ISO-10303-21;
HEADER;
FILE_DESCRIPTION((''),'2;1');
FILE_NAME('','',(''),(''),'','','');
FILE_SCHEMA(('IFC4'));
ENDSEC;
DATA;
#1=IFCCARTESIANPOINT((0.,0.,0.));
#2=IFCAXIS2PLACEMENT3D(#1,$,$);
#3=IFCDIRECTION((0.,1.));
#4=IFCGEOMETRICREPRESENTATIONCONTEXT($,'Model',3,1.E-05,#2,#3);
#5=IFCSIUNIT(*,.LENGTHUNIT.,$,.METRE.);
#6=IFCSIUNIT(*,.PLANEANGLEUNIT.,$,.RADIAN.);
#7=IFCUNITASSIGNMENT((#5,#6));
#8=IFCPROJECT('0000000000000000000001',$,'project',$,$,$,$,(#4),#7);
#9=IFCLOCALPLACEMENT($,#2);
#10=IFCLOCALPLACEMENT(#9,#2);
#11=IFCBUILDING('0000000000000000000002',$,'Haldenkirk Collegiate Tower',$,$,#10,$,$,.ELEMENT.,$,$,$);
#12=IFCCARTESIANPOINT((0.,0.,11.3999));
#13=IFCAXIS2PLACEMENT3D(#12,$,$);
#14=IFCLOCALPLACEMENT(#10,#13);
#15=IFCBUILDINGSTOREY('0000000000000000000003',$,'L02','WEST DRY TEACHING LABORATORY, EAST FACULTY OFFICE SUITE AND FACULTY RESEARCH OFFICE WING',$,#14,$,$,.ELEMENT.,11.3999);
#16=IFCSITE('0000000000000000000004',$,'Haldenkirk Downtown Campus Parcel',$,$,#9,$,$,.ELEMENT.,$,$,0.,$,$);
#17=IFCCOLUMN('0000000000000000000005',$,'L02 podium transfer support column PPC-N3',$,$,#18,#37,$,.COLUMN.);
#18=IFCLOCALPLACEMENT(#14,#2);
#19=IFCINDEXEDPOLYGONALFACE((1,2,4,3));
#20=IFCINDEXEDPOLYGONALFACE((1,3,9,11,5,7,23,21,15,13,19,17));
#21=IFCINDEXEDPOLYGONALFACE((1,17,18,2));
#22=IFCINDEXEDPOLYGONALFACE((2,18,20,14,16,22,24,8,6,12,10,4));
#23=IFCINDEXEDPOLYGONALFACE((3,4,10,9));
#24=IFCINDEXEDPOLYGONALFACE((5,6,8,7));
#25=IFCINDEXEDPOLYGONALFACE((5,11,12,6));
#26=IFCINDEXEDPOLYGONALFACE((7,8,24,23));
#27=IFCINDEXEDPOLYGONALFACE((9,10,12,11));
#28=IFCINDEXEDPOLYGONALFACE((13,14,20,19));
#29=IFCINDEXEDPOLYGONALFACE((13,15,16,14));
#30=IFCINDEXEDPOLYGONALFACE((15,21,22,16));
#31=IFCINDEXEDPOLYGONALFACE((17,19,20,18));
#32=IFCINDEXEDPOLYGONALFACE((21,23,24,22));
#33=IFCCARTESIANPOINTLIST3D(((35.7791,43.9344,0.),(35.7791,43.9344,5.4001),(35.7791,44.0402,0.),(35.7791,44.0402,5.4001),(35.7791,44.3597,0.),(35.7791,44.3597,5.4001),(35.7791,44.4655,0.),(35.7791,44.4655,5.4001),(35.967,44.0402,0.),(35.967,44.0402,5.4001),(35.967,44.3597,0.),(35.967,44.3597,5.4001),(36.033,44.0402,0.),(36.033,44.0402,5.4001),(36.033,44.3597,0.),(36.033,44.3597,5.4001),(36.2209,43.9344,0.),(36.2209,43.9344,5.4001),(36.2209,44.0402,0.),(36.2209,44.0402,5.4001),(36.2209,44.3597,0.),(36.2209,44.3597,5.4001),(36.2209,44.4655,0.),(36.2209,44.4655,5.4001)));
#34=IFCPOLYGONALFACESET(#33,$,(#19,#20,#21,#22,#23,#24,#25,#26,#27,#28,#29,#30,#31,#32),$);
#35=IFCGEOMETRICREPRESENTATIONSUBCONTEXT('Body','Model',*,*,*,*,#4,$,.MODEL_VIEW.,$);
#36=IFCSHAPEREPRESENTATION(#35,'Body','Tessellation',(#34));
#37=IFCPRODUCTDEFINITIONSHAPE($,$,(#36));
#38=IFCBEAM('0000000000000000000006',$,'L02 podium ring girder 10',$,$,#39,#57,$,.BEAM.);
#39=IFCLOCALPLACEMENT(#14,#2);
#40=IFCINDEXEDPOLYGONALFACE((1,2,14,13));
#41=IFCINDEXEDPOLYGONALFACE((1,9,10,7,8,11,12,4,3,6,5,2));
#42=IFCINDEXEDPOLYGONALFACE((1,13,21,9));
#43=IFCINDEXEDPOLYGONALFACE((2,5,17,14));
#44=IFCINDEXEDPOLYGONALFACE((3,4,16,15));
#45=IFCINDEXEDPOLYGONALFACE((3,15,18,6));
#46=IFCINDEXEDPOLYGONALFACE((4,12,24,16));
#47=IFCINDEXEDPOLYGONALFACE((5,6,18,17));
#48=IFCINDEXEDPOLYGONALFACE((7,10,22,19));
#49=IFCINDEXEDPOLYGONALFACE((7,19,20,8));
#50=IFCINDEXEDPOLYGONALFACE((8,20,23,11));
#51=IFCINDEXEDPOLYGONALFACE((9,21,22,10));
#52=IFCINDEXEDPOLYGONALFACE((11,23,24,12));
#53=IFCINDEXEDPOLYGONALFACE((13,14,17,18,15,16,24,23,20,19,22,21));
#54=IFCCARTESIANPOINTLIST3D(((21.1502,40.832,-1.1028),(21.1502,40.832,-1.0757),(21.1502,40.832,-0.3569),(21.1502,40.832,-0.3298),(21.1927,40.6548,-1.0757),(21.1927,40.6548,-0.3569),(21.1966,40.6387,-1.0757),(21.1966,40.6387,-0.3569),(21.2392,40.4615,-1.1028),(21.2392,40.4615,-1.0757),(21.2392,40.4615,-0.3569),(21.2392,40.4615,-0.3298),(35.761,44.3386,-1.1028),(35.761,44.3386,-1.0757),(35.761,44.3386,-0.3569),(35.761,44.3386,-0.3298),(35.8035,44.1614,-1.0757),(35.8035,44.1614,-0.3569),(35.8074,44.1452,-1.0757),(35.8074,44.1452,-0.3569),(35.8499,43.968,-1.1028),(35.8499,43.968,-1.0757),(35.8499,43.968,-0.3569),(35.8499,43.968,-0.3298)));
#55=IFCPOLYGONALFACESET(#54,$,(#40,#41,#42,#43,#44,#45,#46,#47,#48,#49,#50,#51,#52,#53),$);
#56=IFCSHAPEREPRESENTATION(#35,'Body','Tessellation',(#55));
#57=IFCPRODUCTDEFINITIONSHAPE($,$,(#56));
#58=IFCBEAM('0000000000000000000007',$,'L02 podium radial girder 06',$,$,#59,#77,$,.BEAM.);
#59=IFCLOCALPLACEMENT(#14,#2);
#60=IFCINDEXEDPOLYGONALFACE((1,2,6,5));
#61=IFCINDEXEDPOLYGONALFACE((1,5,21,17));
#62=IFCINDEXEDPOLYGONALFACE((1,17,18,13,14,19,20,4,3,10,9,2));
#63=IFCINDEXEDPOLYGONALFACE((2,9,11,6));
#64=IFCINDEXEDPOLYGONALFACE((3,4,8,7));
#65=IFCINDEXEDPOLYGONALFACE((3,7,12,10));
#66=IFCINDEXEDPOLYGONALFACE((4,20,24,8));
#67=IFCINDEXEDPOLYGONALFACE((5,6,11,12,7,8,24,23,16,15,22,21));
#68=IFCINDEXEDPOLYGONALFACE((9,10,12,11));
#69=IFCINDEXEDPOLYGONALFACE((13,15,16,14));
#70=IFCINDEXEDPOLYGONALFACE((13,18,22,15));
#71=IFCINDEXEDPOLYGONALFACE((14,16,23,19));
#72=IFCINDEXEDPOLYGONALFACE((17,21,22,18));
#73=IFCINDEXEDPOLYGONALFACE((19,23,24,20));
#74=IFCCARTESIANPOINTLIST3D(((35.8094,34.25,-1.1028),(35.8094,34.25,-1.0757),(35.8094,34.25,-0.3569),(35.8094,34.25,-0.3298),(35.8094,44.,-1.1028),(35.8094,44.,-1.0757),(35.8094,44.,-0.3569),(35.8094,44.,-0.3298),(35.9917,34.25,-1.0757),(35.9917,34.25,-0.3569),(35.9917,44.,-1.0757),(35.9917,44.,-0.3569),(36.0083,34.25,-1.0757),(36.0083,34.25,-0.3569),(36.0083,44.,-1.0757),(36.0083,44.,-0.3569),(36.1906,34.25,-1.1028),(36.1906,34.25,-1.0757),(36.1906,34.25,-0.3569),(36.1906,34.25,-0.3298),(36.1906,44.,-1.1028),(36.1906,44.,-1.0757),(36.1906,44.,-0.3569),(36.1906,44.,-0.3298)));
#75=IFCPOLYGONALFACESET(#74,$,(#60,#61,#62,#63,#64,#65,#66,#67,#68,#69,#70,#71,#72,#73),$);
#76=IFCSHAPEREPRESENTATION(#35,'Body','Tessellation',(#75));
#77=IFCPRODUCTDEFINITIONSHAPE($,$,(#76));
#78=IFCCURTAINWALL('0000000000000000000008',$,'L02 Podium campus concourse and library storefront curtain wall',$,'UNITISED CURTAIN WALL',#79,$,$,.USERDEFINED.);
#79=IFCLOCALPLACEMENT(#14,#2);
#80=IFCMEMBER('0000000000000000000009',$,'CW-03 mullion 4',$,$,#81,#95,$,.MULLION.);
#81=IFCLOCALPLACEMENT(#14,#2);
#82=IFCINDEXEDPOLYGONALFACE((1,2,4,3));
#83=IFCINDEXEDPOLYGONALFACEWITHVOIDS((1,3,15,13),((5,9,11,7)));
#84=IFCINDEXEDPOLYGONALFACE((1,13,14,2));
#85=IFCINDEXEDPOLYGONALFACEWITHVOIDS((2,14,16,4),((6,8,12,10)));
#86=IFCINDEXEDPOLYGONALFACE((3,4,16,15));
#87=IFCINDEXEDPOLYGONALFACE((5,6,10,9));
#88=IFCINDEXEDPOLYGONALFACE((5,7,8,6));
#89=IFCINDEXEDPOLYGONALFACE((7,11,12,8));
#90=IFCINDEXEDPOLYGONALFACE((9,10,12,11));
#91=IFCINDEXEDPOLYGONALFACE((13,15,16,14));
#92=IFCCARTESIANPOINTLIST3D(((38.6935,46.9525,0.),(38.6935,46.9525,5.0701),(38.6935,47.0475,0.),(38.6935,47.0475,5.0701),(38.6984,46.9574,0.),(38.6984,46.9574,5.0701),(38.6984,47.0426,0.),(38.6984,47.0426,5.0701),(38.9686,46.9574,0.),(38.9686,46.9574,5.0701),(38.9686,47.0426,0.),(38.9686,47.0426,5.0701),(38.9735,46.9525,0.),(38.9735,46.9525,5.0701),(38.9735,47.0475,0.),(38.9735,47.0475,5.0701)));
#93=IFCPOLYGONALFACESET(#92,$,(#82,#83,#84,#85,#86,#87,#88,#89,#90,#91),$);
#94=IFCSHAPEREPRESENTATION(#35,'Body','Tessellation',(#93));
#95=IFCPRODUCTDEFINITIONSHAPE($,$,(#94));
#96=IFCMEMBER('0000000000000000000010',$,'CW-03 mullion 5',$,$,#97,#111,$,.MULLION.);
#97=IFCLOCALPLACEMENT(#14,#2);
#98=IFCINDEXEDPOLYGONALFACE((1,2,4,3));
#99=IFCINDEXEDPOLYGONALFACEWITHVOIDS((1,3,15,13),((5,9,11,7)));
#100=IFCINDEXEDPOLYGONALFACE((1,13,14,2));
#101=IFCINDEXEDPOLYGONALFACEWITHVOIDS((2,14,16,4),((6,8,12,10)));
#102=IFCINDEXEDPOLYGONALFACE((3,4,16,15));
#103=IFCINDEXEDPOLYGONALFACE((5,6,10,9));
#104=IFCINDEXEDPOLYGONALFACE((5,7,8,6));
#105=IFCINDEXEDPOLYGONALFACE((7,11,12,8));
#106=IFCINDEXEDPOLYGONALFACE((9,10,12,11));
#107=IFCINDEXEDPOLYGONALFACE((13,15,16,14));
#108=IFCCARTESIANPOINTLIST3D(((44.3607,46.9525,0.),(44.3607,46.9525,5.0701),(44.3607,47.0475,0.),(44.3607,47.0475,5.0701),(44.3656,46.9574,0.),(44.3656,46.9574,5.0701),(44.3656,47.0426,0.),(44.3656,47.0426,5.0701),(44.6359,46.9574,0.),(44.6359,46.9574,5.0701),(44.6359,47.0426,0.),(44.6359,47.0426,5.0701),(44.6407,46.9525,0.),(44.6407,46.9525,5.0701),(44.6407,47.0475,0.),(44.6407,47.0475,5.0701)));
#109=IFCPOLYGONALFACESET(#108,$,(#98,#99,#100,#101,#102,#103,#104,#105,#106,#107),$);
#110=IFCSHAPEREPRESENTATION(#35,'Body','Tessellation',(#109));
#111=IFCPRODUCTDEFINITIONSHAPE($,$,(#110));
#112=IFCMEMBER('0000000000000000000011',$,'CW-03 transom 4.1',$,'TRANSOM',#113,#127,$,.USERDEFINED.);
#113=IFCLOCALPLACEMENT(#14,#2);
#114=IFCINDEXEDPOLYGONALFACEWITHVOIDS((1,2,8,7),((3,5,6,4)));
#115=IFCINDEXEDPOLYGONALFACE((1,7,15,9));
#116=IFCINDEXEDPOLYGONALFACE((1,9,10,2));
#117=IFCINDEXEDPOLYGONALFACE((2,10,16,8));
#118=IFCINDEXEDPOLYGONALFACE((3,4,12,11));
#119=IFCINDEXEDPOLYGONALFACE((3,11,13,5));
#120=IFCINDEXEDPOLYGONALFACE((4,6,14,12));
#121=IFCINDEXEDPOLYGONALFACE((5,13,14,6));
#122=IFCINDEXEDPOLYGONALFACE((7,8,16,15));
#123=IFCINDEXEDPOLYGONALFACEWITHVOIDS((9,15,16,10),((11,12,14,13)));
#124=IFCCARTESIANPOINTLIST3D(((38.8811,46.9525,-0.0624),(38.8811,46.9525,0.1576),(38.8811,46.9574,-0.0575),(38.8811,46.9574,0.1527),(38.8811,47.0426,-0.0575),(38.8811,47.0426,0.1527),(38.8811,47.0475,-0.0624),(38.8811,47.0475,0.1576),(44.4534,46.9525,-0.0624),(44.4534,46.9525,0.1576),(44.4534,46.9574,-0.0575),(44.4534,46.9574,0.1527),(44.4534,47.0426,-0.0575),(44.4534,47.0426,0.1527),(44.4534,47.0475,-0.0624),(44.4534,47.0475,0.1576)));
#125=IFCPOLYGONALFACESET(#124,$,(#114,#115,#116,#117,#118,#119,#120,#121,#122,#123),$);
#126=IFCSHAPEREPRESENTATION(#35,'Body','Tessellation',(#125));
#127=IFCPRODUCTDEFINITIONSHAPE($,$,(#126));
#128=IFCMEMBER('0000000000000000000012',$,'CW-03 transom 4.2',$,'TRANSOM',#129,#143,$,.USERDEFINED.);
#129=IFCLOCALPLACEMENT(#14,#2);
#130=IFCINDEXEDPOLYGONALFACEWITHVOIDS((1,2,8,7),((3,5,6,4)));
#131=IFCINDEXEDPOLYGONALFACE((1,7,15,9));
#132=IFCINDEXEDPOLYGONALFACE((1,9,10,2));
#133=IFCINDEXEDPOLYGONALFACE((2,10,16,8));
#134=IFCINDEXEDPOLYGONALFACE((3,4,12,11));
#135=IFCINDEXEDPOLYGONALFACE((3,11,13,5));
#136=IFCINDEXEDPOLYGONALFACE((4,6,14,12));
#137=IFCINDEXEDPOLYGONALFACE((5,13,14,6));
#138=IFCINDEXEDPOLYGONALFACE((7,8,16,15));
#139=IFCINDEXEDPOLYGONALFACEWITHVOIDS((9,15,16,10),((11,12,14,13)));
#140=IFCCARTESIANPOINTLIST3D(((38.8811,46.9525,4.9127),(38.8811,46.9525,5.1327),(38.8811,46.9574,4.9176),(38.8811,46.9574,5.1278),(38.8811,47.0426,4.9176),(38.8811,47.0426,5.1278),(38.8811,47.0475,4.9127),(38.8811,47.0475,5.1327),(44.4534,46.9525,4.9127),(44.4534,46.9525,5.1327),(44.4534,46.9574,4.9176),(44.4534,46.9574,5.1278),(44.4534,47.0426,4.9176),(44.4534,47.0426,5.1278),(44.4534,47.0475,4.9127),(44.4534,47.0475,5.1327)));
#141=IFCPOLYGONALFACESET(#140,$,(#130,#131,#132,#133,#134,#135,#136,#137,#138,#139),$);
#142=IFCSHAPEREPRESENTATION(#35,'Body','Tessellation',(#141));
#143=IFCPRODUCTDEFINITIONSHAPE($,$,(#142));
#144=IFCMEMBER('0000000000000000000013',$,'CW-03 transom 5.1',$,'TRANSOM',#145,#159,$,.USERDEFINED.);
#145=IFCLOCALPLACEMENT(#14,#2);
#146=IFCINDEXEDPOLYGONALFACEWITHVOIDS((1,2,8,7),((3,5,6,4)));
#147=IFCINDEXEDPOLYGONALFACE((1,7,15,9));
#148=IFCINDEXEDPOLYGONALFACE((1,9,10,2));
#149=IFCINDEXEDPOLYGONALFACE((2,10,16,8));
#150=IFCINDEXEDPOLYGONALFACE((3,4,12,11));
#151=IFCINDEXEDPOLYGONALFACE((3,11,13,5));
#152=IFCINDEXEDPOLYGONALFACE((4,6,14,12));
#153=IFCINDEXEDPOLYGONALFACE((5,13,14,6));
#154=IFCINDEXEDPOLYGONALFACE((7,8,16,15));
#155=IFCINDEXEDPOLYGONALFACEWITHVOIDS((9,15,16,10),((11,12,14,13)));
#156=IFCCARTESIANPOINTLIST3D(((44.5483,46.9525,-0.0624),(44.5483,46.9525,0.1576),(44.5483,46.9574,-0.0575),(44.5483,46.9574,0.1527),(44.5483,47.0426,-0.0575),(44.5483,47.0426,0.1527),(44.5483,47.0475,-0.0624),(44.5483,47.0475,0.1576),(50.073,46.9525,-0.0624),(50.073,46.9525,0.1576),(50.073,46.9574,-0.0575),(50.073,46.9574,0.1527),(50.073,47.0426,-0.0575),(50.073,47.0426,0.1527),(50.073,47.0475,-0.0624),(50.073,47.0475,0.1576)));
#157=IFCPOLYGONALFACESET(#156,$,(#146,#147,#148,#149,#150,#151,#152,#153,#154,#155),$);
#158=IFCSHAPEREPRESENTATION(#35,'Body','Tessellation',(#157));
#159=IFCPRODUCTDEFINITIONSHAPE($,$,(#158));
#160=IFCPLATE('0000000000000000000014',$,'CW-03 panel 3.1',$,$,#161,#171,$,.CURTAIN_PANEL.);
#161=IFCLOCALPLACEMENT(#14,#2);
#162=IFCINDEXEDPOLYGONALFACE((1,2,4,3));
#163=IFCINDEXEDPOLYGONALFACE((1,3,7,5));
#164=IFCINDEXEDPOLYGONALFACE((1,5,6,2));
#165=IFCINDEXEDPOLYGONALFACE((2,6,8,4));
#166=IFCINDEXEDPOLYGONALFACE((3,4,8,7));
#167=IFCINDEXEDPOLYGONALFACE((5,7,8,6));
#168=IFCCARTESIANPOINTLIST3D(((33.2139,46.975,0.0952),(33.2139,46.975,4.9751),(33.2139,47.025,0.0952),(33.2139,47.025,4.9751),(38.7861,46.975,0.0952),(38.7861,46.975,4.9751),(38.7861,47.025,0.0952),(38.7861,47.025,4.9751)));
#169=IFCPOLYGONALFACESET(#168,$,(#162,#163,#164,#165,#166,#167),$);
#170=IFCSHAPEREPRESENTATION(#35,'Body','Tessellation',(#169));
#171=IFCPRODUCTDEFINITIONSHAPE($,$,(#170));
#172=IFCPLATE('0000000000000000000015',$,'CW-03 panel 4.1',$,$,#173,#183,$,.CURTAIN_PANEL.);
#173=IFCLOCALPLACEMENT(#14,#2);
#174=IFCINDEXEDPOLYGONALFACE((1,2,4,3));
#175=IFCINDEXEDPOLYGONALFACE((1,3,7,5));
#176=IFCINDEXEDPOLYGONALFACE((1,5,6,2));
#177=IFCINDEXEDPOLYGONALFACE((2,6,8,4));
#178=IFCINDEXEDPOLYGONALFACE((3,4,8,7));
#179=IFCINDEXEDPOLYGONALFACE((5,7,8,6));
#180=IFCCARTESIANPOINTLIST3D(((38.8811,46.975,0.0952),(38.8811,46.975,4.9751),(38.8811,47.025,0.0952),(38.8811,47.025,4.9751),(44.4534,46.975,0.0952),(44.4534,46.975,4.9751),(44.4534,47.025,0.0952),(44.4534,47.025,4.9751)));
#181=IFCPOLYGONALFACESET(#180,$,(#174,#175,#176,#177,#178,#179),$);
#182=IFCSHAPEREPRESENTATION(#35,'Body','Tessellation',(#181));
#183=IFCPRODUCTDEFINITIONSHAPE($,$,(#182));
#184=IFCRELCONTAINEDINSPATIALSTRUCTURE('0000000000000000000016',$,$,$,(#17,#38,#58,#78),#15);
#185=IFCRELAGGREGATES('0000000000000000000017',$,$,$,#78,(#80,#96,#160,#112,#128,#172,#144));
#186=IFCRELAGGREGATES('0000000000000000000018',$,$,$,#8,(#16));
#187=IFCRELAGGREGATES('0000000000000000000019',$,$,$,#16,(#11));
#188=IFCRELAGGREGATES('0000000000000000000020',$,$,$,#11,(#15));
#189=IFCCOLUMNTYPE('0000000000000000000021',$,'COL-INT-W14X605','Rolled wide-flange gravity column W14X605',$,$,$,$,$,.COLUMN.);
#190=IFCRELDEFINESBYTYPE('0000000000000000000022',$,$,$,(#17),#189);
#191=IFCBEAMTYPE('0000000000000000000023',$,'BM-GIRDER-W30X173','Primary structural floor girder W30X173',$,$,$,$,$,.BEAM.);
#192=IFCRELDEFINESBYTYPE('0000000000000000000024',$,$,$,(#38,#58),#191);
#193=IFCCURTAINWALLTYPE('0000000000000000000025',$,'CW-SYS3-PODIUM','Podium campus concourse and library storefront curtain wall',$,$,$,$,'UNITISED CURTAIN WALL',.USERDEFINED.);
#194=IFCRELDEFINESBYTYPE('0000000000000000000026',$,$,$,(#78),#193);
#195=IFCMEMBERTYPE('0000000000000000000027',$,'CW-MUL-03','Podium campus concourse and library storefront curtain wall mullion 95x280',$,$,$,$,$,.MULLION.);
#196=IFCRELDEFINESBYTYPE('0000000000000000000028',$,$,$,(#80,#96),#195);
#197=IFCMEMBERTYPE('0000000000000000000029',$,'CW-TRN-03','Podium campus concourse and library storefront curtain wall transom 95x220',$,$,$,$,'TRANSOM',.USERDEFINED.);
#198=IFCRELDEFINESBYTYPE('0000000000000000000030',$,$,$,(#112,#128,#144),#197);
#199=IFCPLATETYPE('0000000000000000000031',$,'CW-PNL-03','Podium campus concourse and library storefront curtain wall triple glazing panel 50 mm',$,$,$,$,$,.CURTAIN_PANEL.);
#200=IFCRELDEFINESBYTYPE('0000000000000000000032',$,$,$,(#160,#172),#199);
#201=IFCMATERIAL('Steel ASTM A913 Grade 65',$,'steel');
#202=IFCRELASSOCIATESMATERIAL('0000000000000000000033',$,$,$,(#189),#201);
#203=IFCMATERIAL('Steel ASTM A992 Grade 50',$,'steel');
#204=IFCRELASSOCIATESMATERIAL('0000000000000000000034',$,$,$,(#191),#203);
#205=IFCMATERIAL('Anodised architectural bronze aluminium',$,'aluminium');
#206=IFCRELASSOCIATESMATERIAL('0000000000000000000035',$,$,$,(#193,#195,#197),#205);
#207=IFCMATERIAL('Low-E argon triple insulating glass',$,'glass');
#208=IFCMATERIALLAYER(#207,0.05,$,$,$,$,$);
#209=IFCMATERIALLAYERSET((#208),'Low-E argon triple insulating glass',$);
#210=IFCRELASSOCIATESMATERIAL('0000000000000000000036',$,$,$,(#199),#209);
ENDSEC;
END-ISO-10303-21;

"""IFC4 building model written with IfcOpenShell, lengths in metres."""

from ifc_helpers import new_model, si_unit, direction, frame, origin, origin_2d, place, context, subcontext, project, spatial, rectangle, hollow_rectangle, i_section, extrude, source, transform, mapped, material, layer, layer_set, material_profile, profile_set, type_object, element, aggregate, save


model = new_model("IFC4")

# Units and contexts
model_context = context("Model", 3, precision=1e-05, world=origin(), true_north=direction((0.0, 1.0)))
body_context = subcontext(model_context, "Body", "Model", "MODEL_VIEW")
ifc_project = project(units=[si_unit("LENGTHUNIT", "METRE"), si_unit("PLANEANGLEUNIT", "RADIAN")], contexts=[model_context])

# Site, building, storey
site_placement = place(None, origin())
site = spatial("IfcSite", under=ifc_project, at=site_placement, Name="Haldenkirk Downtown Campus Parcel", CompositionType="ELEMENT", RefElevation=0.0)
building_placement = place(site_placement, origin())
building = spatial("IfcBuilding", under=site, at=building_placement, Name="Haldenkirk Collegiate Tower", CompositionType="ELEMENT")
storey_placement = place(building_placement, frame((0.0, 0.0, 11.3999)))
storey = spatial("IfcBuildingStorey", under=building, at=storey_placement, Name="L02", Description="WEST DRY TEACHING LABORATORY, EAST FACULTY OFFICE SUITE AND FACULTY RESEARCH OFFICE WING", CompositionType="ELEMENT", Elevation=11.3999)

# Column
ifc_material_1 = material(Name="Steel ASTM A913 Grade 65", Category="steel")
ifc_material_profile_1 = material_profile(ifc_material_1, i_section(OverallWidth=0.4419, OverallDepth=0.531, WebThickness=0.0659, FlangeThickness=0.1057, at=origin_2d()), Name="W14X605")
ifc_profile_set_1 = profile_set([ifc_material_profile_1], Name="Steel ASTM A913 Grade 65")
column_type = type_object("IfcColumnType", Name="COL-INT-W14X605", Description="Rolled wide-flange gravity column W14X605", PredefinedType="COLUMN", material=ifc_profile_set_1)
column_placement = place(storey_placement, frame((36.0, 44.2, 0.0), z_axis=(0.0, 0.0, 1.0), x_axis=(1.0, 0.0, 0.0)))
element("IfcColumn", 1, at=column_placement, inside=storey, type_object=column_type, Name="L02 podium transfer support column PPC-N3", PredefinedType="COLUMN", context=body_context, shape_type="SweptSolid", body=[
    extrude(i_section(OverallWidth=0.4419, OverallDepth=0.531, WebThickness=0.0659, FlangeThickness=0.1057, at=origin_2d()), origin(), (0.0, 0.0, 1.0), 5.4001),
])

# Beams
ifc_material_2 = material(Name="Steel ASTM A992 Grade 50", Category="steel")
ifc_material_profile_2 = material_profile(ifc_material_2, i_section(OverallWidth=0.3811, OverallDepth=0.7729, WebThickness=0.0166, FlangeThickness=0.0271, at=origin_2d()), Name="W30X173")
ifc_profile_set_2 = profile_set([ifc_material_profile_2], Name="Steel ASTM A992 Grade 50")
beam_type = type_object("IfcBeamType", Name="BM-GIRDER-W30X173", Description="Primary structural floor girder W30X173", PredefinedType="BEAM", material=ifc_profile_set_2)
beam_1_placement = place(storey_placement, frame((35.8054, 44.1533, -0.7163), z_axis=(-0.972387, -0.233372, 0.0), x_axis=(0.233372, -0.972387, 0.0)))
element("IfcBeam", 2, at=beam_1_placement, inside=storey, type_object=beam_type, Name="L02 podium ring girder 10", PredefinedType="BEAM", context=body_context, shape_type="SweptSolid", body=[
    extrude(i_section(OverallWidth=0.3811, OverallDepth=0.7729, WebThickness=0.0166, FlangeThickness=0.0271, at=origin_2d()), origin(), (0.0, 0.0, 1.0), 15.0256),
])
beam_2_placement = place(storey_placement, frame((36.0, 44.0, -0.7163), z_axis=(0.0, -1.0, 0.0), x_axis=(1.0, 0.0, 0.0)))
element("IfcBeam", 3, at=beam_2_placement, inside=storey, type_object=beam_type, Name="L02 podium radial girder 06", PredefinedType="BEAM", context=body_context, shape_type="SweptSolid", body=[
    extrude(i_section(OverallWidth=0.3811, OverallDepth=0.7729, WebThickness=0.0166, FlangeThickness=0.0271, at=origin_2d()), origin(), (0.0, 0.0, 1.0), 9.75),
])

# Curtain wall, members, plates
ifc_material_3 = material(Name="Anodised architectural bronze aluminium", Category="aluminium")
curtain_wall_type = type_object("IfcCurtainWallType", Name="CW-SYS3-PODIUM", Description="Podium campus concourse and library storefront curtain wall", ElementType="UNITISED CURTAIN WALL", PredefinedType="USERDEFINED", material=ifc_material_3)
curtain_wall_placement = place(storey_placement, origin())
curtain_wall = element("IfcCurtainWall", 4, at=curtain_wall_placement, inside=storey, type_object=curtain_wall_type, Name="L02 Podium campus concourse and library storefront curtain wall", ObjectType="UNITISED CURTAIN WALL", PredefinedType="USERDEFINED")
ifc_material_profile_3 = material_profile(ifc_material_3, hollow_rectangle(XDim=0.095, YDim=0.28, WallThickness=0.0049, at=origin_2d()), Name="CW-MUL-03")
ifc_profile_set_3 = profile_set([ifc_material_profile_3], Name="Anodised architectural bronze aluminium")
member_type_1 = type_object("IfcMemberType", Name="CW-MUL-03", Description="Podium campus concourse and library storefront curtain wall mullion 95x280", PredefinedType="MULLION", material=ifc_profile_set_3)
member_1_placement = place(storey_placement, frame((38.8335, 47.0, 0.0), z_axis=(0.0, 0.0, 1.0), x_axis=(0.0, 1.0, 0.0)))
member_1 = element("IfcMember", 5, at=member_1_placement, type_object=member_type_1, Name="CW-03 mullion 4", PredefinedType="MULLION", context=body_context, shape_type="SweptSolid", body=[
    extrude(hollow_rectangle(XDim=0.095, YDim=0.28, WallThickness=0.0049, at=origin_2d()), origin(), (0.0, 0.0, 1.0), 5.0701),
])
member_2_placement = place(storey_placement, frame((44.5007, 47.0, 0.0), z_axis=(0.0, 0.0, 1.0), x_axis=(0.0, 1.0, 0.0)))
member_2 = element("IfcMember", 6, at=member_2_placement, type_object=member_type_1, Name="CW-03 mullion 5", PredefinedType="MULLION", context=body_context, shape_type="SweptSolid", body=[
    extrude(hollow_rectangle(XDim=0.095, YDim=0.28, WallThickness=0.0049, at=origin_2d()), origin(), (0.0, 0.0, 1.0), 5.0701),
])
ifc_material_profile_4 = material_profile(ifc_material_3, hollow_rectangle(XDim=0.095, YDim=0.22, WallThickness=0.0049, at=origin_2d()), Name="CW-TRN-03")
ifc_profile_set_4 = profile_set([ifc_material_profile_4], Name="Anodised architectural bronze aluminium")
member_type_2 = type_object("IfcMemberType", Name="CW-TRN-03", Description="Podium campus concourse and library storefront curtain wall transom 95x220", ElementType="TRANSOM", PredefinedType="USERDEFINED", material=ifc_profile_set_4)
member_3_placement = place(storey_placement, frame((38.8811, 47.0, 0.0476), z_axis=(1.0, 0.0, 0.0), x_axis=(0.0, 1.0, 0.0)))
member_3 = element("IfcMember", 7, at=member_3_placement, type_object=member_type_2, Name="CW-03 transom 4.1", ObjectType="TRANSOM", PredefinedType="USERDEFINED", context=body_context, shape_type="SweptSolid", body=[
    extrude(hollow_rectangle(XDim=0.095, YDim=0.22, WallThickness=0.0049, at=origin_2d()), origin(), (0.0, 0.0, 1.0), 5.5723),
])
member_4_placement = place(storey_placement, frame((38.8811, 47.0, 5.0227), z_axis=(1.0, 0.0, 0.0), x_axis=(0.0, 1.0, 0.0)))
member_4 = element("IfcMember", 8, at=member_4_placement, type_object=member_type_2, Name="CW-03 transom 4.2", ObjectType="TRANSOM", PredefinedType="USERDEFINED", context=body_context, shape_type="SweptSolid", body=[
    extrude(hollow_rectangle(XDim=0.095, YDim=0.22, WallThickness=0.0049, at=origin_2d()), origin(), (0.0, 0.0, 1.0), 5.5723),
])
member_5_placement = place(storey_placement, frame((44.5483, 47.0, 0.0476), z_axis=(1.0, 0.0, 0.0), x_axis=(0.0, 1.0, 0.0)))
member_5 = element("IfcMember", 9, at=member_5_placement, type_object=member_type_2, Name="CW-03 transom 5.1", ObjectType="TRANSOM", PredefinedType="USERDEFINED", context=body_context, shape_type="SweptSolid", body=[
    extrude(hollow_rectangle(XDim=0.095, YDim=0.22, WallThickness=0.0049, at=origin_2d()), origin(), (0.0, 0.0, 1.0), 5.5247),
])
ifc_material_4 = material(Name="Low-E argon triple insulating glass", Category="glass")
ifc_layer_1 = layer(ifc_material_4, 0.05)
ifc_layer_set_1 = layer_set([ifc_layer_1], Name="Low-E argon triple insulating glass")
plate_type = type_object("IfcPlateType", Name="CW-PNL-03", Description="Podium campus concourse and library storefront curtain wall triple glazing panel 50 mm", PredefinedType="CURTAIN_PANEL", material=ifc_layer_set_1)
shared_shape = source(origin(), body_context, "Body", "SweptSolid", [
    extrude(rectangle(XDim=5.5723, YDim=0.05, at=origin_2d()), origin(), (0.0, 0.0, 1.0), 4.8799),
])
plate_1_placement = place(storey_placement, frame((36.0, 47.0, 0.0952), z_axis=(0.0, 0.0, 1.0), x_axis=(1.0, 0.0, 0.0)))
plate_1 = element("IfcPlate", 10, at=plate_1_placement, type_object=plate_type, Name="CW-03 panel 3.1", PredefinedType="CURTAIN_PANEL", context=body_context, shape_type="MappedRepresentation", body=[
    mapped(shared_shape, transform((0.0, 0.0, 0.0), x_axis=(1.0, 0.0, 0.0), y_axis=(0.0, 1.0, 0.0), z_axis=(0.0, 0.0, 1.0), scale=1.0)),
])
plate_2_placement = place(storey_placement, frame((41.6672, 47.0, 0.0952), z_axis=(0.0, 0.0, 1.0), x_axis=(1.0, 0.0, 0.0)))
plate_2 = element("IfcPlate", 11, at=plate_2_placement, type_object=plate_type, Name="CW-03 panel 4.1", PredefinedType="CURTAIN_PANEL", context=body_context, shape_type="MappedRepresentation", body=[
    mapped(shared_shape, transform((0.0, 0.0, 0.0), x_axis=(1.0, 0.0, 0.0), y_axis=(0.0, 1.0, 0.0), z_axis=(0.0, 0.0, 1.0), scale=1.0)),
])
aggregate(curtain_wall, [member_1, member_2, plate_1, member_3, member_4, plate_2, member_5])

save(model, "model.ifc")
